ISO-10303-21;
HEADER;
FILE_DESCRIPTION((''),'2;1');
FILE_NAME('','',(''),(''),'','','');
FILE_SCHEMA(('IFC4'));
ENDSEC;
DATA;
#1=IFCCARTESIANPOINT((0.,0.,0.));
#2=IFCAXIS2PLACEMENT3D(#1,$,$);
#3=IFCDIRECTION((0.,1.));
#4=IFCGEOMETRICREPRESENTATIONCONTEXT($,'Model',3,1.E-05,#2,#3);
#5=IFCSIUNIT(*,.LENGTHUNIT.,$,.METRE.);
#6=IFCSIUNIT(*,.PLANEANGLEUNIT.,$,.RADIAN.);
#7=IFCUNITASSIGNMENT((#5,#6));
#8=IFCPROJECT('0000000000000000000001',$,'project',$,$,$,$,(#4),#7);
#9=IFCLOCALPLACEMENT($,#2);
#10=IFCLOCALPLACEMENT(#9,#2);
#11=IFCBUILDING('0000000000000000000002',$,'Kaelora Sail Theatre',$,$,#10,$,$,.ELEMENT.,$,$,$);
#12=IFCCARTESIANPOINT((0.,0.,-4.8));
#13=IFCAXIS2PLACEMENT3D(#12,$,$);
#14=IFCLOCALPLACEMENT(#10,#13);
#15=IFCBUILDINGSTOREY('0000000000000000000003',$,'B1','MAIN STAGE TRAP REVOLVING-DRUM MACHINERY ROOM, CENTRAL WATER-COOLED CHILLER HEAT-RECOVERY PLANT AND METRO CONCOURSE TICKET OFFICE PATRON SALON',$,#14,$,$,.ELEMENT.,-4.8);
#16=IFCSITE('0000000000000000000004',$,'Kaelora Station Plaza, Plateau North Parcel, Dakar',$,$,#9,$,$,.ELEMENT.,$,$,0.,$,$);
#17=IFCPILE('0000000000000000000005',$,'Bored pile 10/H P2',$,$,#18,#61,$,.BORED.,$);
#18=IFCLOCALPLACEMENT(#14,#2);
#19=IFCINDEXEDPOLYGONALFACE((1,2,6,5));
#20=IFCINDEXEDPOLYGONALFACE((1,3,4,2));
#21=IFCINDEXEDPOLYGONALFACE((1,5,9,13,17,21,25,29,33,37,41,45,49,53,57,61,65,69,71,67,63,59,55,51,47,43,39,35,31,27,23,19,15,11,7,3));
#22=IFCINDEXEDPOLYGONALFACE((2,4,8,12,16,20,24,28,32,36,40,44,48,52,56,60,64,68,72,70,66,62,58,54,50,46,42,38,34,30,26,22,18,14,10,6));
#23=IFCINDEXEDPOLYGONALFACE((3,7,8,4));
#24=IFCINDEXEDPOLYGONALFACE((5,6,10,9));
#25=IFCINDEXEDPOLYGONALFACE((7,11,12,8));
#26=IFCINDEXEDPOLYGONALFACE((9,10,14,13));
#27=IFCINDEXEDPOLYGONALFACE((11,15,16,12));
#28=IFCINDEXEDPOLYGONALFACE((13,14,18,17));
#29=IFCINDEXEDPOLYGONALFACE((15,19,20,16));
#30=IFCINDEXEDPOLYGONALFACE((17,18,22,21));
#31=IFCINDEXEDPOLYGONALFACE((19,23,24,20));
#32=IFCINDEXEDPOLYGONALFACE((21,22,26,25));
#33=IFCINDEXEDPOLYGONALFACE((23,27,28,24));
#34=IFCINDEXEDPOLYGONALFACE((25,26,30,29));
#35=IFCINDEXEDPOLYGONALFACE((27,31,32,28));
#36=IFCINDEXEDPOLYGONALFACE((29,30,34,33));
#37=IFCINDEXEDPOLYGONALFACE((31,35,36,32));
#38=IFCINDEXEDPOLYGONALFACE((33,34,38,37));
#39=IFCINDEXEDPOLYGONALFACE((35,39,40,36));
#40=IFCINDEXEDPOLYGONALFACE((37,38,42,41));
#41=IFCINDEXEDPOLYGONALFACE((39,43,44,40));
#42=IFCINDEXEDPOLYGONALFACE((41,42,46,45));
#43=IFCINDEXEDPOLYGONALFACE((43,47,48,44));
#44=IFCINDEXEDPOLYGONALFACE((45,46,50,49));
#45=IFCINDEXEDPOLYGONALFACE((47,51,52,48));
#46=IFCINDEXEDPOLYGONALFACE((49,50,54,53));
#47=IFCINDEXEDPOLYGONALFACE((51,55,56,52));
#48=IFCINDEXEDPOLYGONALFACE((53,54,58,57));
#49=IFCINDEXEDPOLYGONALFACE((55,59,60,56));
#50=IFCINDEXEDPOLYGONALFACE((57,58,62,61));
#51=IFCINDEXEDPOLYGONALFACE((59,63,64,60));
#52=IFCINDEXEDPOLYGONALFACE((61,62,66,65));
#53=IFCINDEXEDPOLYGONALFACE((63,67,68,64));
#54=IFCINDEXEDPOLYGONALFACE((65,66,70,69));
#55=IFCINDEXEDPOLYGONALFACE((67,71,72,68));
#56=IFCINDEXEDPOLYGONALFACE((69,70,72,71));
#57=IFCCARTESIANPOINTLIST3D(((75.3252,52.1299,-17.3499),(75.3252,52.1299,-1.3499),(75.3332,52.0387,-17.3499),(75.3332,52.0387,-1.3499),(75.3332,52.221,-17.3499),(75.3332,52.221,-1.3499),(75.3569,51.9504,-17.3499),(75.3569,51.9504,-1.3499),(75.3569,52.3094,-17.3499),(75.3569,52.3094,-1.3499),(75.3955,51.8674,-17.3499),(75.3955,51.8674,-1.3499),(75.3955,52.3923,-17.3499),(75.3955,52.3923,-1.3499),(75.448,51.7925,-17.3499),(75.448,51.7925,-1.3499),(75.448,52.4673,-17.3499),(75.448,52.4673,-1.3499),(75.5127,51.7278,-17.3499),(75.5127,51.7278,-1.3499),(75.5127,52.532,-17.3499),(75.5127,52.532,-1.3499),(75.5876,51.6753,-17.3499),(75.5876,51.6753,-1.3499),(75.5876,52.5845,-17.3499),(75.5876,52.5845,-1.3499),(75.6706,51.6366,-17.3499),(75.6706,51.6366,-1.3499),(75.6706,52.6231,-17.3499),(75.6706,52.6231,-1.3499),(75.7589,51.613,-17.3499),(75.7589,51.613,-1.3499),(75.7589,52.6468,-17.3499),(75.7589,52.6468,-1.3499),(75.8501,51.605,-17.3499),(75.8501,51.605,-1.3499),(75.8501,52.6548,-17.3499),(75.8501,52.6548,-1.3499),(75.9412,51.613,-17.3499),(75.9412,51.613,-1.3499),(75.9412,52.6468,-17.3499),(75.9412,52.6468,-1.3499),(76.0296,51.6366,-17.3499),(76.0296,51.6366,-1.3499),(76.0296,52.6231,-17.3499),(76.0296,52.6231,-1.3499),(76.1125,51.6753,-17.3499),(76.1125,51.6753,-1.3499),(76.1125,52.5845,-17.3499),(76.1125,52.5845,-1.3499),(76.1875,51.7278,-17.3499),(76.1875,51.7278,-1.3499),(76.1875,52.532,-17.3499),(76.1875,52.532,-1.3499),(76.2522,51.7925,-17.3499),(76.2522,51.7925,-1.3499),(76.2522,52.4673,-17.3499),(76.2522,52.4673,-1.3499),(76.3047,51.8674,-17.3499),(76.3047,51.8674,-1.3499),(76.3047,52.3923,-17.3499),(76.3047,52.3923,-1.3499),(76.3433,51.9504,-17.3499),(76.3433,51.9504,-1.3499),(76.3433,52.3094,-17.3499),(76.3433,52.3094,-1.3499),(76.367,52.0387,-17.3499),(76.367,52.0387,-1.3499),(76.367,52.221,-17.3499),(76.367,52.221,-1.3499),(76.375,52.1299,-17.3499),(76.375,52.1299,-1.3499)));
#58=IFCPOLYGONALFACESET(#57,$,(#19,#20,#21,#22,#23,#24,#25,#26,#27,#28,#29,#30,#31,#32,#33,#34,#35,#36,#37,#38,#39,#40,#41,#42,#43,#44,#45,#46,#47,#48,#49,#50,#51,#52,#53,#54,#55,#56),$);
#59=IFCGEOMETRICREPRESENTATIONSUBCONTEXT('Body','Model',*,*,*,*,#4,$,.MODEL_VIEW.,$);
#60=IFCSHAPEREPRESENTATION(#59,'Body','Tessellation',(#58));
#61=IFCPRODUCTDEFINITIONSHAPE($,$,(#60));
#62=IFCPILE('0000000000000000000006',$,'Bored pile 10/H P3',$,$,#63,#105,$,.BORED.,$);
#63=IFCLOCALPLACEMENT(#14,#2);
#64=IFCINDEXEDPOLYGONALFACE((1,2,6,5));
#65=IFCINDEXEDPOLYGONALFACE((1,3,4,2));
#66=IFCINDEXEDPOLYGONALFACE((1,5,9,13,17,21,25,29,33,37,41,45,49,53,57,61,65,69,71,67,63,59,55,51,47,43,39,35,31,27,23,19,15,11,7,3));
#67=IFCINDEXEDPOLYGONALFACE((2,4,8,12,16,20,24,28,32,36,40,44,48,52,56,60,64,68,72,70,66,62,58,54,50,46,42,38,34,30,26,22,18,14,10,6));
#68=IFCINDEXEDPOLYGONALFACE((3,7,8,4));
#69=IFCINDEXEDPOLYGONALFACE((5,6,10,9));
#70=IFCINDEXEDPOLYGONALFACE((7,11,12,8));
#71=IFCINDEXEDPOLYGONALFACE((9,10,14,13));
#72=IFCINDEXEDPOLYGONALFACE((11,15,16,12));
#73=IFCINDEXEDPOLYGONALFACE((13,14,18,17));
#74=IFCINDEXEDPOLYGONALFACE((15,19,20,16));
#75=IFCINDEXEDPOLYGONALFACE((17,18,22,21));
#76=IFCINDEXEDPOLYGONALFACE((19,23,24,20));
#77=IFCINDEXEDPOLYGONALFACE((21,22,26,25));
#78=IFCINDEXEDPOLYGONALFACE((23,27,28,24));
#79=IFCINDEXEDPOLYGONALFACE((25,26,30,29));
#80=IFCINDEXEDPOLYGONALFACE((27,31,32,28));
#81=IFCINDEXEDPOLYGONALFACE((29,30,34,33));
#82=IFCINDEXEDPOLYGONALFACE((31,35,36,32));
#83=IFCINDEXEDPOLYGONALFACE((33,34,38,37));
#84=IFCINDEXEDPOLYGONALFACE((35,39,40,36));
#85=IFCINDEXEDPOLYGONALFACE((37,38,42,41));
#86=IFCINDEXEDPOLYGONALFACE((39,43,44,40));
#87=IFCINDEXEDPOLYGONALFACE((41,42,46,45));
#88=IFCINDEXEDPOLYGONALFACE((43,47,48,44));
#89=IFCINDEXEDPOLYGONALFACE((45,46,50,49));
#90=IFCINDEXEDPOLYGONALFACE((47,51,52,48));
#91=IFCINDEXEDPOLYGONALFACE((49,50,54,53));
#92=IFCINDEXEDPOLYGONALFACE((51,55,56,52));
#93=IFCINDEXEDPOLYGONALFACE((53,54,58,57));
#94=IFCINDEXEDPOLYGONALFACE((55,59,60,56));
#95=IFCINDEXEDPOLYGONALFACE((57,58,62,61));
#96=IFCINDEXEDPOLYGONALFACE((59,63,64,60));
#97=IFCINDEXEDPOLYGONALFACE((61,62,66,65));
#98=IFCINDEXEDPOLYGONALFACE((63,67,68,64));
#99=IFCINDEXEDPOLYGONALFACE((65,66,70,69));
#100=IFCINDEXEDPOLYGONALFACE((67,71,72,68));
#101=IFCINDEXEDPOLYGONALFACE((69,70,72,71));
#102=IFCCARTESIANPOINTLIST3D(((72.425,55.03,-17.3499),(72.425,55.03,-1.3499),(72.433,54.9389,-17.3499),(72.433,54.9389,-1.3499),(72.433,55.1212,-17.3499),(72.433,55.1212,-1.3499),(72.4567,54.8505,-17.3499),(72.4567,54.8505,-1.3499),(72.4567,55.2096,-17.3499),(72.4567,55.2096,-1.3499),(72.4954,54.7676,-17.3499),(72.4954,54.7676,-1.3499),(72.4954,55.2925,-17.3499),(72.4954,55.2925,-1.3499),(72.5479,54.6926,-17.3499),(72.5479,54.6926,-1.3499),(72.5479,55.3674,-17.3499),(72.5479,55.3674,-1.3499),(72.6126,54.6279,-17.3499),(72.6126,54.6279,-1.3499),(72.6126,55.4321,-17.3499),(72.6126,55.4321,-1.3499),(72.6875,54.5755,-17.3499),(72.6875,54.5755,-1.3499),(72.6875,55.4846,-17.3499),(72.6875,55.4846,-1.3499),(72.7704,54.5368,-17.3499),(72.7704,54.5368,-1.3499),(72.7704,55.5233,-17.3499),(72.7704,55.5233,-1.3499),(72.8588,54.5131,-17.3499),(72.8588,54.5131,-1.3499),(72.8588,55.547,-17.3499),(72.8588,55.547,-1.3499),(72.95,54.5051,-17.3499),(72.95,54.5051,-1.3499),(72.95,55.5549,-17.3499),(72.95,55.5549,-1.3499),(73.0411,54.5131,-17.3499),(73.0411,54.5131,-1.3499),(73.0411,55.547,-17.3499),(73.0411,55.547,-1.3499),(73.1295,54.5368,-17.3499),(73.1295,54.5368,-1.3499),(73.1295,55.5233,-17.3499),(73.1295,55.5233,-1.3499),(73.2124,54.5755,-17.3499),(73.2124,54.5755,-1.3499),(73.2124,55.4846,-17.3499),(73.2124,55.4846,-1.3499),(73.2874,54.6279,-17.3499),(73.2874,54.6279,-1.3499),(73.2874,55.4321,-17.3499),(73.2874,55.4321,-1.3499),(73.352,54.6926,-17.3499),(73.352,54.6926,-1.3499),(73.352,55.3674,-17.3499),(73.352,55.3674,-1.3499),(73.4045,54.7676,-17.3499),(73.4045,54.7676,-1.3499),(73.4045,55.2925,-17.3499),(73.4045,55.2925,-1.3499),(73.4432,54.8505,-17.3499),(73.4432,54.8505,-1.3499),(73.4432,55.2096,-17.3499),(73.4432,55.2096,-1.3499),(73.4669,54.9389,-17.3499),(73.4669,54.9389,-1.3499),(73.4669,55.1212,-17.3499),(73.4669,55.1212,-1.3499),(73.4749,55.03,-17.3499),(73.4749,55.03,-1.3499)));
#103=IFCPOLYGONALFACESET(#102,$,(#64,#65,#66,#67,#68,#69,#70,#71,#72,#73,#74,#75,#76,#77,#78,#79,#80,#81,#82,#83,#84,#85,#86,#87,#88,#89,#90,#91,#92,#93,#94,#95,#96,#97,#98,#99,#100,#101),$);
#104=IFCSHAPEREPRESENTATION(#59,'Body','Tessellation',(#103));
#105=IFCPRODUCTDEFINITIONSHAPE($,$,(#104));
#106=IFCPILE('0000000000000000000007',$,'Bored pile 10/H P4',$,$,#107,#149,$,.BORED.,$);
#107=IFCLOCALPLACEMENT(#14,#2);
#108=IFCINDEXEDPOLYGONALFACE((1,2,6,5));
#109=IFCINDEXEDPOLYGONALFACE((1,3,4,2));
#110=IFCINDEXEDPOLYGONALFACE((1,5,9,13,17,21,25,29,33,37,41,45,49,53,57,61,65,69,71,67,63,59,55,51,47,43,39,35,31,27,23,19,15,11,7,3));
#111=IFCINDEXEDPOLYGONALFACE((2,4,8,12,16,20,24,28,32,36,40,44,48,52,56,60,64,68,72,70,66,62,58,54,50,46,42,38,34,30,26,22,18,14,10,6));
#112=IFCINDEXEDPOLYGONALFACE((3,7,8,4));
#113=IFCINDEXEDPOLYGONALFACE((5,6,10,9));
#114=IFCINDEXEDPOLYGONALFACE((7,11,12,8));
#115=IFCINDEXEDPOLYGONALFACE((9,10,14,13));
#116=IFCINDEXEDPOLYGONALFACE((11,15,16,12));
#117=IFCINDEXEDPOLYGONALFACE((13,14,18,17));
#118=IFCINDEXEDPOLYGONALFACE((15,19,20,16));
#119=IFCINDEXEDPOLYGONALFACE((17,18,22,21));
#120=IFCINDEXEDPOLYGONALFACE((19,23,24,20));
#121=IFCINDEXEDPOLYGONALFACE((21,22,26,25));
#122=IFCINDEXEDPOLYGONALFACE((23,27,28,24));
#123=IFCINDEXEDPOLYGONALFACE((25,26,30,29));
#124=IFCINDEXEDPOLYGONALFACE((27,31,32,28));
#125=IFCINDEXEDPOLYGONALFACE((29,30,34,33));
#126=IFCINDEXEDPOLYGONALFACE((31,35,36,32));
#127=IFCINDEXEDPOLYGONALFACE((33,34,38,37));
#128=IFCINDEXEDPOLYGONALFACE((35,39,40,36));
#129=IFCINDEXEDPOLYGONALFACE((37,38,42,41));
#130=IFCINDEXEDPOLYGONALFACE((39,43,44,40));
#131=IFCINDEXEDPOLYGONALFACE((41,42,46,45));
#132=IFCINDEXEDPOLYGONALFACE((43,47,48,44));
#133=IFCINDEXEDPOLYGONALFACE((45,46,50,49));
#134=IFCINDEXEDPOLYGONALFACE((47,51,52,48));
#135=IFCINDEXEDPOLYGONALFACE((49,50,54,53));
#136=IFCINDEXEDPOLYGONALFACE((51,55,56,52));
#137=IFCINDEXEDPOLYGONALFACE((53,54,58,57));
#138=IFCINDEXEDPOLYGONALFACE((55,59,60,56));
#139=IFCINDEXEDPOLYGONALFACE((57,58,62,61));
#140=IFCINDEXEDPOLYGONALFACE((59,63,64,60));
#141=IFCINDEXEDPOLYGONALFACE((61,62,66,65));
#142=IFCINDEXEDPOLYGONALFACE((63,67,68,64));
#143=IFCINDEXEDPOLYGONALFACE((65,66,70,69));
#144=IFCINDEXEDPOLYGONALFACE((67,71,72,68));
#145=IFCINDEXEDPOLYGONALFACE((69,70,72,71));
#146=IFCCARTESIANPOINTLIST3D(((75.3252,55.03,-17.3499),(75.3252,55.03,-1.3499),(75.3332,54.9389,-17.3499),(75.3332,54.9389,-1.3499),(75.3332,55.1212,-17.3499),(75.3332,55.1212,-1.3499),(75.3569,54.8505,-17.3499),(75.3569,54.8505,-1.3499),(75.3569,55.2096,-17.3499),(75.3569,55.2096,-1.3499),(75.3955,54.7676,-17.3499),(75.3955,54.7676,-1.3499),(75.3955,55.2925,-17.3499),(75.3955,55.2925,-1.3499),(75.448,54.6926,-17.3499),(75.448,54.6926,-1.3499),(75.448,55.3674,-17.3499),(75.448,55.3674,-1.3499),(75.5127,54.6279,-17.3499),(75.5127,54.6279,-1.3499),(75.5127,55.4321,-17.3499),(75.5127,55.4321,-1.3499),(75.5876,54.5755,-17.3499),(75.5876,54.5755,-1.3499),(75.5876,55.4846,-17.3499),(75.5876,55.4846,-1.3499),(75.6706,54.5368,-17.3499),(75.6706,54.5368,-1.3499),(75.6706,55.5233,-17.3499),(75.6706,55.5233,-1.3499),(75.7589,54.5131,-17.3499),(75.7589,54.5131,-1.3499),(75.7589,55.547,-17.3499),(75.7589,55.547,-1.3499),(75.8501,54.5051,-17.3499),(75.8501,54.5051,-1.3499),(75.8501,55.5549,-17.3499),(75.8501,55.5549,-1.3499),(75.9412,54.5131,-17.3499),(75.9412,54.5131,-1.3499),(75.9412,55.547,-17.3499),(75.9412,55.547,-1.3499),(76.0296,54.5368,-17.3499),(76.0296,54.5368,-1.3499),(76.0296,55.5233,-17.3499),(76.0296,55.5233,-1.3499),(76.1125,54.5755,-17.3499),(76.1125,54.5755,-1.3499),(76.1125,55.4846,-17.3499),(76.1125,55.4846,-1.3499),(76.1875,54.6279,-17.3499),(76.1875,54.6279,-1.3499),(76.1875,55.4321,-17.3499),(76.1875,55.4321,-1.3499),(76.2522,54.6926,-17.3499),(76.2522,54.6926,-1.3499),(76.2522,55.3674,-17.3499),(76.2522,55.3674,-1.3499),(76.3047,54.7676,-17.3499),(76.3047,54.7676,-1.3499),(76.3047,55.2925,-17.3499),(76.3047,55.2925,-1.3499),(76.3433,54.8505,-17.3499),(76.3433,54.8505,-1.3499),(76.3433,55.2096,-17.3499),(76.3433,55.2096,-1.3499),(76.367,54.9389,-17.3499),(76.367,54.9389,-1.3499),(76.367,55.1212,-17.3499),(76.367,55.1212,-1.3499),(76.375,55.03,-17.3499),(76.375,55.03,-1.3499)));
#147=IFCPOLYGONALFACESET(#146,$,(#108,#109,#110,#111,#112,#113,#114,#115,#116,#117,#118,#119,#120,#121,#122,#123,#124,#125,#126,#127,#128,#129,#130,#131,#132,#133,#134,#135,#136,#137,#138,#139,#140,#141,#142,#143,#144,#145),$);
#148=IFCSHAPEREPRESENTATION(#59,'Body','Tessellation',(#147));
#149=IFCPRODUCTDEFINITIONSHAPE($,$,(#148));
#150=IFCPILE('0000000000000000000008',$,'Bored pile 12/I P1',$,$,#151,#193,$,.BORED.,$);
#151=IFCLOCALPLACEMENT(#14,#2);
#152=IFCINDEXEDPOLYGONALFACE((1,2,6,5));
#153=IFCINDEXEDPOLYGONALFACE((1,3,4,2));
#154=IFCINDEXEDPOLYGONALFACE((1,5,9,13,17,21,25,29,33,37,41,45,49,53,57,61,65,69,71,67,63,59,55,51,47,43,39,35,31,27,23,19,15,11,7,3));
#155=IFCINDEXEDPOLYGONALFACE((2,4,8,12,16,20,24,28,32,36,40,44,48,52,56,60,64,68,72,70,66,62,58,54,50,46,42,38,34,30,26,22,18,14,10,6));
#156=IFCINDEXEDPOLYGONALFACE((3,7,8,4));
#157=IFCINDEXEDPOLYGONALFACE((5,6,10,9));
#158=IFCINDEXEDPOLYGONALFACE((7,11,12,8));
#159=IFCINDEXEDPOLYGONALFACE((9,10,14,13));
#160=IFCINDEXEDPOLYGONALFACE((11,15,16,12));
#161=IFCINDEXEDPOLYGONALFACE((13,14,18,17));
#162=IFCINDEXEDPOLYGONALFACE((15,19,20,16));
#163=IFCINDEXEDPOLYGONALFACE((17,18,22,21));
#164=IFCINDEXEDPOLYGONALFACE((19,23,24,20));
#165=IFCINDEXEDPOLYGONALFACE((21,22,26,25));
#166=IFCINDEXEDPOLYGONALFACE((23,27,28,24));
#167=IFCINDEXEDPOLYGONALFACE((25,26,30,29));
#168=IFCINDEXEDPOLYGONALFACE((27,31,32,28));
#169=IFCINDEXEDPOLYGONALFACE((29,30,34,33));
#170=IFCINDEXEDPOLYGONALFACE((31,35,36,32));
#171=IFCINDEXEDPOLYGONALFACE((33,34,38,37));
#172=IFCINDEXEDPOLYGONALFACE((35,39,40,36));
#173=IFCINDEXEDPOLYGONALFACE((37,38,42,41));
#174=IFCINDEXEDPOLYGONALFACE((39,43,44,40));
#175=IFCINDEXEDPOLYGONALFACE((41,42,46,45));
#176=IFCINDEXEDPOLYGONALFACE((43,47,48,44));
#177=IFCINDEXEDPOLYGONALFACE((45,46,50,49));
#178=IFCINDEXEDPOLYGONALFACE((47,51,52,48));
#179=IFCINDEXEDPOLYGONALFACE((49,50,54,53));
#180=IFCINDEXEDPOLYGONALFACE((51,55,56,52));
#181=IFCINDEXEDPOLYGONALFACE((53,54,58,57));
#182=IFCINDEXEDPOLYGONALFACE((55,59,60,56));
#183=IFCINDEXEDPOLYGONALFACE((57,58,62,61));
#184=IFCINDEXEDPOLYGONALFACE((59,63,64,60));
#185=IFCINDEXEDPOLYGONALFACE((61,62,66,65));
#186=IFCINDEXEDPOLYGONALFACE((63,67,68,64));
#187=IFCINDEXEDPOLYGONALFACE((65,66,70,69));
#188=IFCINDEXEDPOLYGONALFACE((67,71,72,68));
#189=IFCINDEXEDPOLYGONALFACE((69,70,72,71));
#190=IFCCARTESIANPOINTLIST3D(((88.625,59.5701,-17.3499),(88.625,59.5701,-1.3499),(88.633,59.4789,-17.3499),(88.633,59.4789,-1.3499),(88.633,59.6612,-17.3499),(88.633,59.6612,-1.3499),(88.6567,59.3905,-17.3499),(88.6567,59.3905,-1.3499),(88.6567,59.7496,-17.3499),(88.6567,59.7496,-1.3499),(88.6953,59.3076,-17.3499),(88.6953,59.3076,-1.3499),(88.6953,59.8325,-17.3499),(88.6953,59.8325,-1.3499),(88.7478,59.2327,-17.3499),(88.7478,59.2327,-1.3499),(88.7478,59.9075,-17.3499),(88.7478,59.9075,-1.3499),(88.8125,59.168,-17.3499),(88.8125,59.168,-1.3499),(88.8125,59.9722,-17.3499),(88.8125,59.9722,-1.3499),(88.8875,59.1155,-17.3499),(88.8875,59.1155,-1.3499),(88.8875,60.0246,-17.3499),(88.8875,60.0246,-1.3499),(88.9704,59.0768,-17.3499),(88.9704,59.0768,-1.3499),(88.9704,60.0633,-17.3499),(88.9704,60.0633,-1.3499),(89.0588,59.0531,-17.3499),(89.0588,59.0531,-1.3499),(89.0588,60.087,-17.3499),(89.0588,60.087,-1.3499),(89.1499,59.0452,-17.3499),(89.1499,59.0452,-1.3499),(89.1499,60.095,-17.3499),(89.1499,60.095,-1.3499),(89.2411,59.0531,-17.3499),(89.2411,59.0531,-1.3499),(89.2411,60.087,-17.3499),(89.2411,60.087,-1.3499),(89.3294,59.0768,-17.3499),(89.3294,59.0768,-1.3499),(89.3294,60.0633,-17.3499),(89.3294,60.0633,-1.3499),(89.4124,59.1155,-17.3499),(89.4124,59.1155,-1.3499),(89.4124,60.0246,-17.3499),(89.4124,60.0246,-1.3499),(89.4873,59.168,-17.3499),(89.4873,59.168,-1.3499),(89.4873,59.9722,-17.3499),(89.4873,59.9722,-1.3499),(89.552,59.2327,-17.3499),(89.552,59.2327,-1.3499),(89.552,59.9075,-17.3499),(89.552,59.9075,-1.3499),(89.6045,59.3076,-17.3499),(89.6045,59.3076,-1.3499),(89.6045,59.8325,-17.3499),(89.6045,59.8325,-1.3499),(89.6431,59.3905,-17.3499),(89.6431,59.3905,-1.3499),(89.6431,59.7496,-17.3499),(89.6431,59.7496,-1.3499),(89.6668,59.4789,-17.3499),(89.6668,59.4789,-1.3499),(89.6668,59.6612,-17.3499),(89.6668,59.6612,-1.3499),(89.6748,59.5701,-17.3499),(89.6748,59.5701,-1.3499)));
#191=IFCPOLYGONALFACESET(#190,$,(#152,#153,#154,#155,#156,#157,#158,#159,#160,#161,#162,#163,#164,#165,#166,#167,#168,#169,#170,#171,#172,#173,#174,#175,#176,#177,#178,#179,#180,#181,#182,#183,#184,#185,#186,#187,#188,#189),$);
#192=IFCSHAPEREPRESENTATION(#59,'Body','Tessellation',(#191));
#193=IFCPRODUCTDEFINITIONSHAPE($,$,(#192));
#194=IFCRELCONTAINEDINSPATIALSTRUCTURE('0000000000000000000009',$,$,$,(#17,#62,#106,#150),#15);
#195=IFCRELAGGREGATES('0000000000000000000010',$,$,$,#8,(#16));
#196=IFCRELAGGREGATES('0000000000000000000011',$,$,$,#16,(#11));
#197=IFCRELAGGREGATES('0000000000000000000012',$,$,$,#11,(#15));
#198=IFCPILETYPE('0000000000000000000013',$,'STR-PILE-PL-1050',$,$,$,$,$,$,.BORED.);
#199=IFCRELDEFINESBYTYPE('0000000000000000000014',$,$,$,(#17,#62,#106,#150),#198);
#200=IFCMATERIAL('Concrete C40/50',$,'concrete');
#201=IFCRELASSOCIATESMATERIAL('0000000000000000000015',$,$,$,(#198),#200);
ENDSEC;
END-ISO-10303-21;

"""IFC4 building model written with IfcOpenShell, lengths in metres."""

from ifc_helpers import new_model, si_unit, direction, frame, origin, origin_2d, place, context, subcontext, project, spatial, circle, extrude, material, material_profile, profile_set, type_object, element, save


model = new_model("IFC4")

# Units and contexts
model_context = context("Model", 3, precision=1e-05, world=origin(), true_north=direction((0.0, 1.0)))
body_context = subcontext(model_context, "Body", "Model", "MODEL_VIEW")
ifc_project = project(units=[si_unit("LENGTHUNIT", "METRE"), si_unit("PLANEANGLEUNIT", "RADIAN")], contexts=[model_context])

# Site, building, storey
site_placement = place(None, origin())
site = spatial("IfcSite", under=ifc_project, at=site_placement, Name="Kaelora Station Plaza, Plateau North Parcel, Dakar", CompositionType="ELEMENT", RefElevation=0.0)
building_placement = place(site_placement, origin())
building = spatial("IfcBuilding", under=site, at=building_placement, Name="Kaelora Sail Theatre", CompositionType="ELEMENT")
storey_placement = place(building_placement, frame((0.0, 0.0, -4.8)))
storey = spatial("IfcBuildingStorey", under=building, at=storey_placement, Name="B1", Description="MAIN STAGE TRAP REVOLVING-DRUM MACHINERY ROOM, CENTRAL WATER-COOLED CHILLER HEAT-RECOVERY PLANT AND METRO CONCOURSE TICKET OFFICE PATRON SALON", CompositionType="ELEMENT", Elevation=-4.8)

# Piles
ifc_material_1 = material(Name="Concrete C40/50", Category="concrete")
ifc_material_profile_1 = material_profile(ifc_material_1, circle(Radius=0.5249, at=origin_2d()), Name="PILE D1050")
ifc_profile_set_1 = profile_set([ifc_material_profile_1], Name="Concrete C40/50")
pile_type_1 = type_object("IfcPileType", Name="STR-PILE-PL-1050", PredefinedType="BORED", material=ifc_profile_set_1)
for number, where, z_axis, x_axis, name in (
    (1, (75.8501, 52.1299, -1.3499), (0.0, 0.0, -1.0), (1.0, 0.0, 0.0), "Bored pile 10/H P2"),
    (2, (72.95, 55.03, -1.3499), (0.0, 0.0, -1.0), (1.0, 0.0, 0.0), "Bored pile 10/H P3"),
    (3, (75.8501, 55.03, -1.3499), (0.0, 0.0, -1.0), (1.0, 0.0, 0.0), "Bored pile 10/H P4"),
    (4, (89.1499, 59.5701, -1.3499), (0.0, 0.0, -1.0), (1.0, 0.0, 0.0), "Bored pile 12/I P1"),
):
    element("IfcPile", number, at=place(storey_placement, frame(where, z_axis=z_axis, x_axis=x_axis)), inside=storey, type_object=pile_type_1, Name=name, PredefinedType="BORED", context=body_context, shape_type="SweptSolid", body=[
        extrude(circle(Radius=0.5249, at=origin_2d()), origin(), (0.0, 0.0, 1.0), 16.0),
    ])

save(model, "model.ifc")
